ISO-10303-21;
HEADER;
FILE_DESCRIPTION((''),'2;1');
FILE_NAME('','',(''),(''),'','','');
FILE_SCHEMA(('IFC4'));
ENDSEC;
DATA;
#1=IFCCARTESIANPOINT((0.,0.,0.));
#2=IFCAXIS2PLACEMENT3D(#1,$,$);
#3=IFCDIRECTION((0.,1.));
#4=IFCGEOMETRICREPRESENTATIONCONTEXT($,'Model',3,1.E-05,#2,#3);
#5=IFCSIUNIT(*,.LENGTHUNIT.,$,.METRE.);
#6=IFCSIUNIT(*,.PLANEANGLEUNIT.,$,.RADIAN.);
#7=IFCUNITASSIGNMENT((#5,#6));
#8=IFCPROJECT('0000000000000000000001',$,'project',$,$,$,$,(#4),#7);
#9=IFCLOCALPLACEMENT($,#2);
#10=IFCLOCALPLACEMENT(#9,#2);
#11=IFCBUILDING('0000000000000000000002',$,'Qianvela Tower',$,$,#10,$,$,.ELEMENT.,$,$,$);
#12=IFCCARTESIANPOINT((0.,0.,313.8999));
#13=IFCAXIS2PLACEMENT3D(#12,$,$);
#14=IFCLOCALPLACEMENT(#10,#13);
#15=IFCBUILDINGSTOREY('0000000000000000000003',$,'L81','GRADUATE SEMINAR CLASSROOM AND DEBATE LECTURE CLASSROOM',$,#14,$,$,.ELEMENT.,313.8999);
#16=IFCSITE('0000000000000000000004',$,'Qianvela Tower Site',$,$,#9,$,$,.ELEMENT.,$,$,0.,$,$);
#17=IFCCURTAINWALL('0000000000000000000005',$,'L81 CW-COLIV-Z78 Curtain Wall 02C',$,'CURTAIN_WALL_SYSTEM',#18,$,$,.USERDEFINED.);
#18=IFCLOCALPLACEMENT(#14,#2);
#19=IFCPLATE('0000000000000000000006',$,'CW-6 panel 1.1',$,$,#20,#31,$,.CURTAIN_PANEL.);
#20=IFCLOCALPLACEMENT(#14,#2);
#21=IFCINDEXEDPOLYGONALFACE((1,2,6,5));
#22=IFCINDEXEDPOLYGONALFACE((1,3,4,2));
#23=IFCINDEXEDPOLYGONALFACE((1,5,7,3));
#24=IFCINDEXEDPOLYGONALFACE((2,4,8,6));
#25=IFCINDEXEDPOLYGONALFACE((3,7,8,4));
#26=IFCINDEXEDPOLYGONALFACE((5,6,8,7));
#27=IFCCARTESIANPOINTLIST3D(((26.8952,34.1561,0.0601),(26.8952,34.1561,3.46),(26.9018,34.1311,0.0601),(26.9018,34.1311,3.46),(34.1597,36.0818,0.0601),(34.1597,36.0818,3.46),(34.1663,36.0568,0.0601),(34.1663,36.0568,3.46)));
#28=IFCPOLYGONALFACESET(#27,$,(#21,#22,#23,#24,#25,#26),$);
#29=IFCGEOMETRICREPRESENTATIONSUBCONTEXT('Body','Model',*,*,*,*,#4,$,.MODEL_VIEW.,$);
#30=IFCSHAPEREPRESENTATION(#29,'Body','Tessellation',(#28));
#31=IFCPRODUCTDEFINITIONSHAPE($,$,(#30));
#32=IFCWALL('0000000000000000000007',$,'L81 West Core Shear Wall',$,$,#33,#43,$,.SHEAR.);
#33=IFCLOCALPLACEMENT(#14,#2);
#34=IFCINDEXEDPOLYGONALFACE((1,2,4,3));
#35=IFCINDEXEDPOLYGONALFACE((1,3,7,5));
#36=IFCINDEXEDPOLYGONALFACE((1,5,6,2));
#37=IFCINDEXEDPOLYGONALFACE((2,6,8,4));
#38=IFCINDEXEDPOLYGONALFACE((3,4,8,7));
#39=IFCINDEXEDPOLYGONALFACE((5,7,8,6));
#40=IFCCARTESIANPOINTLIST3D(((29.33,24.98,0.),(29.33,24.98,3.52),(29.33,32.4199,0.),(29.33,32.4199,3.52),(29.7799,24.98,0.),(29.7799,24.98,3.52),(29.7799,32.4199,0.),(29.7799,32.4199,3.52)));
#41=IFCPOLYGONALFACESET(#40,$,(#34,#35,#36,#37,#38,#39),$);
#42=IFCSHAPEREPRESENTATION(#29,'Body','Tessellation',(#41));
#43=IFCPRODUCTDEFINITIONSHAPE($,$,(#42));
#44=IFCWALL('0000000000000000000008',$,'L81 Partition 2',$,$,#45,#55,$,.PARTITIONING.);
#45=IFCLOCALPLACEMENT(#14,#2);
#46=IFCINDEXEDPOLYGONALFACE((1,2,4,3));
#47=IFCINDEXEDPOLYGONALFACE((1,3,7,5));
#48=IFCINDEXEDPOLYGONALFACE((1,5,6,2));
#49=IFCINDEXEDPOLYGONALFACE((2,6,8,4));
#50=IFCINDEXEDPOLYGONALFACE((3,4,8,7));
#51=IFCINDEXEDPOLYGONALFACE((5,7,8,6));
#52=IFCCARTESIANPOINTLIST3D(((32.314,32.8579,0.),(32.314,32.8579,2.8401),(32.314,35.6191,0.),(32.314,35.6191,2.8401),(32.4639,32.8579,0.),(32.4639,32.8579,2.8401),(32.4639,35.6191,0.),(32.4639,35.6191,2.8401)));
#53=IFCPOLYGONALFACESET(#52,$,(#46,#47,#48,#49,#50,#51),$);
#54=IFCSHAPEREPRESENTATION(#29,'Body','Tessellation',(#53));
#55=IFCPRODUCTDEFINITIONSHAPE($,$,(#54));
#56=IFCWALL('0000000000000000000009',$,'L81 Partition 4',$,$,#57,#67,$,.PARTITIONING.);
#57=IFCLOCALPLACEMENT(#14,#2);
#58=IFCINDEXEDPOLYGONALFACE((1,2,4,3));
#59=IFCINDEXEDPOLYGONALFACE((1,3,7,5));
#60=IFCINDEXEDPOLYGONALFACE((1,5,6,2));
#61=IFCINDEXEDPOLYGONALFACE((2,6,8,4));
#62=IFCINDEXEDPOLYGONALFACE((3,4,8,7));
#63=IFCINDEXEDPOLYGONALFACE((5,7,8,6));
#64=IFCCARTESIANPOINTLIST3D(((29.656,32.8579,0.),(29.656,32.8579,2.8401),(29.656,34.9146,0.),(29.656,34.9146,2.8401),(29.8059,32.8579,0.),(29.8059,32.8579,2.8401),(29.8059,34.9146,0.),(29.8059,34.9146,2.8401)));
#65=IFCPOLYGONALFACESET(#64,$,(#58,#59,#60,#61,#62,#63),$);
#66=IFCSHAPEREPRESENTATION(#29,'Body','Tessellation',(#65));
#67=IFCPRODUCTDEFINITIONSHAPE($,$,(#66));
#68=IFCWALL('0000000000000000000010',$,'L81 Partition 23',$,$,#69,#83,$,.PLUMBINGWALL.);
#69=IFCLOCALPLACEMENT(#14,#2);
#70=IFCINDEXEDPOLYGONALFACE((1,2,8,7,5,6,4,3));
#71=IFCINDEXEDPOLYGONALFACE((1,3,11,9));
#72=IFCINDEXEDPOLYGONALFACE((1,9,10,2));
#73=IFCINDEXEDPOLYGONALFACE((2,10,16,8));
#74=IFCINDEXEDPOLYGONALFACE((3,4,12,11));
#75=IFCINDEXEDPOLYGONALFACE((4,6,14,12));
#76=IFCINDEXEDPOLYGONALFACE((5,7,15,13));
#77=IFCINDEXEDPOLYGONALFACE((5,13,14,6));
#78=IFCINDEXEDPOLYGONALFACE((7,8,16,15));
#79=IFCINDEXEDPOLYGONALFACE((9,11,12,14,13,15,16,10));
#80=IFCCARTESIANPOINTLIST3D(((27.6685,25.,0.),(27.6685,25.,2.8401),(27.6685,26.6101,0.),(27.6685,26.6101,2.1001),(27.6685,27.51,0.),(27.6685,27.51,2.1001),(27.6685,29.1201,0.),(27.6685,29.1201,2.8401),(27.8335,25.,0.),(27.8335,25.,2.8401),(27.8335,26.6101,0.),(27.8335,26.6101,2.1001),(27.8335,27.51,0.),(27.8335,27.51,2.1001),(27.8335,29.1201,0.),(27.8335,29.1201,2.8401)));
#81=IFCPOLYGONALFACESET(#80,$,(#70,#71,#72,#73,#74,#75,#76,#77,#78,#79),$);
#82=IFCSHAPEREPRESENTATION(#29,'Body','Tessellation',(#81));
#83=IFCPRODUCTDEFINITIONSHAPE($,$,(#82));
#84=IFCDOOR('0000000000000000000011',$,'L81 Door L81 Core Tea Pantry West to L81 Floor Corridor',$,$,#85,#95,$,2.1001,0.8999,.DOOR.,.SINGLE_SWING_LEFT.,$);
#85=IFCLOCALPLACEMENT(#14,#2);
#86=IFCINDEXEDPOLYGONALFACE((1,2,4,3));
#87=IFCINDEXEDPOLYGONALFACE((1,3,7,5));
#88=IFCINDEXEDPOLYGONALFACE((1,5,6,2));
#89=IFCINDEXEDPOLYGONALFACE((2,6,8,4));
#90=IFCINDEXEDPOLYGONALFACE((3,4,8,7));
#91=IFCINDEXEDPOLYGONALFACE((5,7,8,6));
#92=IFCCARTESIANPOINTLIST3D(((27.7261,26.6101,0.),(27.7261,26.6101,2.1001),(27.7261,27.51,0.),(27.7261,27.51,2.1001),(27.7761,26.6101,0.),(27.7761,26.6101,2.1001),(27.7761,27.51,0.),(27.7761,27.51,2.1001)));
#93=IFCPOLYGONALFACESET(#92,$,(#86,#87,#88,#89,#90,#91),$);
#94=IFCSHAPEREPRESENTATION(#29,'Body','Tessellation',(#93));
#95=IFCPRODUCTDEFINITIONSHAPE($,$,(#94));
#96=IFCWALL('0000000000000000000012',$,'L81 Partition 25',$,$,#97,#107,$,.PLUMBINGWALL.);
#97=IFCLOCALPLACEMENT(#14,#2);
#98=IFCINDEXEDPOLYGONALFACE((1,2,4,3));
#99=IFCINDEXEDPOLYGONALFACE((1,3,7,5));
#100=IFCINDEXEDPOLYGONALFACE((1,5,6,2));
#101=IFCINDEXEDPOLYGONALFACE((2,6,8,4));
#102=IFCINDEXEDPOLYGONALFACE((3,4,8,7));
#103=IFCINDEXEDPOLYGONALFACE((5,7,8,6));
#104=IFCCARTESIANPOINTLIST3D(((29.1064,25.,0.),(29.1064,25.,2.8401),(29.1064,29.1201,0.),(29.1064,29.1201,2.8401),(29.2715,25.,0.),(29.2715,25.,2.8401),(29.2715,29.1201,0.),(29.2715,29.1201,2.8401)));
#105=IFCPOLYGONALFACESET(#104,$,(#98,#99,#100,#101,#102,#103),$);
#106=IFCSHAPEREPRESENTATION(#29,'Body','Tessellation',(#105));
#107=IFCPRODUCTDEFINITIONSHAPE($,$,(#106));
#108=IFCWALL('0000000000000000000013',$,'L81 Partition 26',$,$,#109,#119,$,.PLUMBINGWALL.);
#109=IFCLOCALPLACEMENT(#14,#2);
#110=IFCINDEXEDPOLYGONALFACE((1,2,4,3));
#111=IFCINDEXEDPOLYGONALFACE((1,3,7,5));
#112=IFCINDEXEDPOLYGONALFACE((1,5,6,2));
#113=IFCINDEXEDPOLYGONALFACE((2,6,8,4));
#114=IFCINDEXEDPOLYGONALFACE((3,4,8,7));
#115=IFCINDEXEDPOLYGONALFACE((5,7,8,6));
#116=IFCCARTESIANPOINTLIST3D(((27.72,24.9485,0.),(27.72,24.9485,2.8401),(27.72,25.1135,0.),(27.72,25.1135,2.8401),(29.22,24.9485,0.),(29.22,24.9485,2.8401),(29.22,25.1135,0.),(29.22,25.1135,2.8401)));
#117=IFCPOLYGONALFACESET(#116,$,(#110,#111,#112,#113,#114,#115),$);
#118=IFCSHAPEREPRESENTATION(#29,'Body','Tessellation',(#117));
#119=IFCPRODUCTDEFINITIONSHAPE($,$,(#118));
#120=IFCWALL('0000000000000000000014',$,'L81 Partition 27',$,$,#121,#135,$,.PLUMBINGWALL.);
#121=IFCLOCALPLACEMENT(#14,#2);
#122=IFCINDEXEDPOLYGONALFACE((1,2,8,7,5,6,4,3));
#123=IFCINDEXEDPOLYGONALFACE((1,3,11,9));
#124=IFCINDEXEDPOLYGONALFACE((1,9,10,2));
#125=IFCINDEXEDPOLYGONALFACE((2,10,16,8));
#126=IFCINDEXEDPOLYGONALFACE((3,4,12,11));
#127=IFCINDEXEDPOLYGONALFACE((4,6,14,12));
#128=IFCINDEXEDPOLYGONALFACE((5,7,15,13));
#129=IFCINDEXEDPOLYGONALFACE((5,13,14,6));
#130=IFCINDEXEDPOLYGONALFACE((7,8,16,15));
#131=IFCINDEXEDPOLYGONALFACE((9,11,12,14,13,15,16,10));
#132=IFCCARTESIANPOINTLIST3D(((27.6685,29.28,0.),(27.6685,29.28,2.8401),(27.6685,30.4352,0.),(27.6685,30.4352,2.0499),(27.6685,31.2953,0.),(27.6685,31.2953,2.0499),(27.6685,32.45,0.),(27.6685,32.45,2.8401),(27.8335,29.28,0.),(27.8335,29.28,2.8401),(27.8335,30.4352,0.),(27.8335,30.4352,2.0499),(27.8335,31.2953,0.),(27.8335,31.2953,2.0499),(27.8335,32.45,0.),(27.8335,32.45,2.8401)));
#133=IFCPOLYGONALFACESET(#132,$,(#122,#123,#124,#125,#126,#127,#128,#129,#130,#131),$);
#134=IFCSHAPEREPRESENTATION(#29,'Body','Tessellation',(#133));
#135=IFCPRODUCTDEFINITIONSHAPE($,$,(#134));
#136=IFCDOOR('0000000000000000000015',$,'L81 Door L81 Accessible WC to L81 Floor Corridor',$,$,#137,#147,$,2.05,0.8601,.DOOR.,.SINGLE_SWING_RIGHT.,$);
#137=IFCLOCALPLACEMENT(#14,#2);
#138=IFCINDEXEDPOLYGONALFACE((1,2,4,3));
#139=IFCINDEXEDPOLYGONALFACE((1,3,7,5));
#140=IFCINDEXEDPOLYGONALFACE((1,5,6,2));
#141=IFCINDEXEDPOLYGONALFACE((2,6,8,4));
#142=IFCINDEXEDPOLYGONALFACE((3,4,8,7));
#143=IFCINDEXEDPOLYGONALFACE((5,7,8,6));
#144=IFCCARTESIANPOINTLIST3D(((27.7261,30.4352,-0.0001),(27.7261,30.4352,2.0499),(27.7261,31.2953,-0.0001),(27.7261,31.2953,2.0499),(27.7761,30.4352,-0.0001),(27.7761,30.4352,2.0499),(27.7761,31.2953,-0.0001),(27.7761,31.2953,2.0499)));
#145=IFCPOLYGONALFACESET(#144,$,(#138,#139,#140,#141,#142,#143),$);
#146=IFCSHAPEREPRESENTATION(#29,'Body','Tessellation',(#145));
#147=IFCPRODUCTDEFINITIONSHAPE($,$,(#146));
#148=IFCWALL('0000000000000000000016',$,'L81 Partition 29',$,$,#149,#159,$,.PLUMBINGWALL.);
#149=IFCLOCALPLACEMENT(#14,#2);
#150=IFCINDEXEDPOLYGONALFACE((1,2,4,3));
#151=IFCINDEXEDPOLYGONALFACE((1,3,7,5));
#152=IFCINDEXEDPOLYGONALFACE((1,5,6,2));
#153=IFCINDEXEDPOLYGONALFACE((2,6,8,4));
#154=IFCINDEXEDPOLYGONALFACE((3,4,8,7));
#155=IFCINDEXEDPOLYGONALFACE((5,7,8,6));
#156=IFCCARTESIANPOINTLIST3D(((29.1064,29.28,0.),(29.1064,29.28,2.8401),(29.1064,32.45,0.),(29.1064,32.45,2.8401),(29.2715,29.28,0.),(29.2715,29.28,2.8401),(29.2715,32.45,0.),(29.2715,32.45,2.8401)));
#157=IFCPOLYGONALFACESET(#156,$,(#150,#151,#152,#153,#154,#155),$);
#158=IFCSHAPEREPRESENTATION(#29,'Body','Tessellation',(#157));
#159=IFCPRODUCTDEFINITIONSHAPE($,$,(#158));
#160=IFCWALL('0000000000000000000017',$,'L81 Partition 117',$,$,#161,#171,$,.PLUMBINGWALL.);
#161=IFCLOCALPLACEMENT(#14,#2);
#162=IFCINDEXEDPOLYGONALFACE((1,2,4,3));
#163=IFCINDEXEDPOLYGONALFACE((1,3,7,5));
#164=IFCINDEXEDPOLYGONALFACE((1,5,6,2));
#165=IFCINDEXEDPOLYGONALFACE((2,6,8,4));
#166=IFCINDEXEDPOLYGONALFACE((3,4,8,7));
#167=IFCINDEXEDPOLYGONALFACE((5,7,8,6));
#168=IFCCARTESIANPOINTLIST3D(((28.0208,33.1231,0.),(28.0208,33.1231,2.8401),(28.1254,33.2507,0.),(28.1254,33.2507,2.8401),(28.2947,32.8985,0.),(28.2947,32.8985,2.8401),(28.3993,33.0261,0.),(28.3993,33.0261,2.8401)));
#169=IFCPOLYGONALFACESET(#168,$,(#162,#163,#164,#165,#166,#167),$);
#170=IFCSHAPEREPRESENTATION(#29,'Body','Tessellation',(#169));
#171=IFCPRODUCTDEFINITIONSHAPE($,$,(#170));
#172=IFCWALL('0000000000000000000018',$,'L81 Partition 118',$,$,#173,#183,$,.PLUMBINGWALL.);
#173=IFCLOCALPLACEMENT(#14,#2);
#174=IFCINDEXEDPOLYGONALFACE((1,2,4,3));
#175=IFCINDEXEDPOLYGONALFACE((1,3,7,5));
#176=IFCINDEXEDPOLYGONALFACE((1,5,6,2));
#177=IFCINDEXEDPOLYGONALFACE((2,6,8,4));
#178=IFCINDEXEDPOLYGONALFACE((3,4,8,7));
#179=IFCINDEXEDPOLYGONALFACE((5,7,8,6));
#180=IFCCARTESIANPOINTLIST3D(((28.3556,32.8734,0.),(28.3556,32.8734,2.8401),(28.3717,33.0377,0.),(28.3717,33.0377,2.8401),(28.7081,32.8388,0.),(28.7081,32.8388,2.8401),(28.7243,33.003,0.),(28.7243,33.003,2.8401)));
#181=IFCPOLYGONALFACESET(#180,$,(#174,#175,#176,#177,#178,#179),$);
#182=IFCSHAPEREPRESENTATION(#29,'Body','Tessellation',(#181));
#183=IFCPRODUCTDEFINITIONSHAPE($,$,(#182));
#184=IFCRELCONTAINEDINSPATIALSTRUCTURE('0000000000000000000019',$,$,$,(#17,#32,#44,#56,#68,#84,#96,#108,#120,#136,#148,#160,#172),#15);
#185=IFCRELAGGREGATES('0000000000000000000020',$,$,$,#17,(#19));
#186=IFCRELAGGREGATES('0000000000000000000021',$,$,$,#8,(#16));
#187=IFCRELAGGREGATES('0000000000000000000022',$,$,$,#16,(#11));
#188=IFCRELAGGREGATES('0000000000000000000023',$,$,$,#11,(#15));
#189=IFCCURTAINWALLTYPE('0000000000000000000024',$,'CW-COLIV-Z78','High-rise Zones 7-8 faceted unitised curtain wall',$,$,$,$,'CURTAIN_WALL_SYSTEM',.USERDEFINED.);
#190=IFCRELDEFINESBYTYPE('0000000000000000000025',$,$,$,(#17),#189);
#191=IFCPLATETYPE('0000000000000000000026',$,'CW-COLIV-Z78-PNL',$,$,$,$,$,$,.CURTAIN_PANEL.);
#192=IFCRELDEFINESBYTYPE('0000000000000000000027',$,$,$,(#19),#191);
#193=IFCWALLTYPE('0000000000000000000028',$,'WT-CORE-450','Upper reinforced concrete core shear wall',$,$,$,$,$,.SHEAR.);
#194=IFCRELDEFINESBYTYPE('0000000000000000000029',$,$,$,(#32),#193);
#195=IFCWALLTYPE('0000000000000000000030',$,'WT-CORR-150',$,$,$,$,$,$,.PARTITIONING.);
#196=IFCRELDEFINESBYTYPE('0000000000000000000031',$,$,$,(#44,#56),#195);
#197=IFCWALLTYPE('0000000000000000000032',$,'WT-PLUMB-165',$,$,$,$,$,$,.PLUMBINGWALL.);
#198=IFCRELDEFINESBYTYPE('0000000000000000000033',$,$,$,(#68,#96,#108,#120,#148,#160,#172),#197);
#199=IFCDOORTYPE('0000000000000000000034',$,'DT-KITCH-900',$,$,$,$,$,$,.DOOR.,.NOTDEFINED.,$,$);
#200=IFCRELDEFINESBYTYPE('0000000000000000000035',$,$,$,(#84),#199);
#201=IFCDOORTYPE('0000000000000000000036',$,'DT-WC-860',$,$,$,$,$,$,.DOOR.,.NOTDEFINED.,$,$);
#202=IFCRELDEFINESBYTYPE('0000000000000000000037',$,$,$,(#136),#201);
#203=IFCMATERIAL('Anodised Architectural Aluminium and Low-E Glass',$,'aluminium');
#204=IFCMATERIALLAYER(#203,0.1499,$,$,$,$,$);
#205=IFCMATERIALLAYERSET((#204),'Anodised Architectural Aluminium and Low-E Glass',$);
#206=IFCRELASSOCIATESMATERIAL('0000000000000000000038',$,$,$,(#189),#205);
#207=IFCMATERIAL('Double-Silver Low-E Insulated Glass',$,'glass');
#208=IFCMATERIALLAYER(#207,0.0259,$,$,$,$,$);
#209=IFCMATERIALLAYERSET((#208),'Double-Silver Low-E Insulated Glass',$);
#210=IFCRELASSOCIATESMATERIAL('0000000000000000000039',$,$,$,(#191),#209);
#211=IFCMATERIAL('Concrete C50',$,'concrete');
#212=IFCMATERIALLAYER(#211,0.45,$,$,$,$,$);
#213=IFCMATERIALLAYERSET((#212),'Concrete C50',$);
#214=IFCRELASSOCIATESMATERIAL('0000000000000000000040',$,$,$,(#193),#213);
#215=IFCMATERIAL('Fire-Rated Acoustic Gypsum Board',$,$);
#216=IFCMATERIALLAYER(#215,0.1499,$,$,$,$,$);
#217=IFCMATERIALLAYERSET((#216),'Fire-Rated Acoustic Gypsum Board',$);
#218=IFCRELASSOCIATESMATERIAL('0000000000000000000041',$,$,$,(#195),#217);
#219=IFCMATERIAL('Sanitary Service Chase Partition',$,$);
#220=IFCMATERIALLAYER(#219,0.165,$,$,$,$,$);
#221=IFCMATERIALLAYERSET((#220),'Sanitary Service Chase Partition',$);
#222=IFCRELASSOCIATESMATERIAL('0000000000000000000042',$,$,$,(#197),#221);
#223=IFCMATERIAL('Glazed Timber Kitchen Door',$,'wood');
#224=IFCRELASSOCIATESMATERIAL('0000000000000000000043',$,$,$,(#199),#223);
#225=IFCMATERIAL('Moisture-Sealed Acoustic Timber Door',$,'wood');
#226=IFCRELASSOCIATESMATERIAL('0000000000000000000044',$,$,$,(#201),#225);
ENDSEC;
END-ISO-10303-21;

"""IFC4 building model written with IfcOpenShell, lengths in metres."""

from ifc_helpers import new_model, si_unit, direction, frame, frame_2d, origin, origin_2d, place, context, subcontext, project, spatial, rectangle, extrude, material, layer, layer_set, type_object, element, fill, aggregate, save


model = new_model("IFC4")

# Units and contexts
model_context = context("Model", 3, precision=1e-05, world=origin(), true_north=direction((0.0, 1.0)))
body_context = subcontext(model_context, "Body", "Model", "MODEL_VIEW")
ifc_project = project(units=[si_unit("LENGTHUNIT", "METRE"), si_unit("PLANEANGLEUNIT", "RADIAN")], contexts=[model_context])

# Site, building, storey
site_placement = place(None, origin())
site = spatial("IfcSite", under=ifc_project, at=site_placement, Name="Qianvela Tower Site", CompositionType="ELEMENT", RefElevation=0.0)
building_placement = place(site_placement, origin())
building = spatial("IfcBuilding", under=site, at=building_placement, Name="Qianvela Tower", CompositionType="ELEMENT")
storey_placement = place(building_placement, frame((0.0, 0.0, 313.8999)))
storey = spatial("IfcBuildingStorey", under=building, at=storey_placement, Name="L81", Description="GRADUATE SEMINAR CLASSROOM AND DEBATE LECTURE CLASSROOM", CompositionType="ELEMENT", Elevation=313.8999)

# Curtain wall, plate
ifc_material_1 = material(Name="Anodised Architectural Aluminium and Low-E Glass", Category="aluminium")
ifc_layer_1 = layer(ifc_material_1, 0.1499)
ifc_layer_set_1 = layer_set([ifc_layer_1], Name="Anodised Architectural Aluminium and Low-E Glass")
curtain_wall_type = type_object("IfcCurtainWallType", Name="CW-COLIV-Z78", Description="High-rise Zones 7-8 faceted unitised curtain wall", ElementType="CURTAIN_WALL_SYSTEM", PredefinedType="USERDEFINED", material=ifc_layer_set_1)
curtain_wall_placement = place(storey_placement, origin())
curtain_wall = element("IfcCurtainWall", 1, at=curtain_wall_placement, inside=storey, type_object=curtain_wall_type, Name="L81 CW-COLIV-Z78 Curtain Wall 02C", ObjectType="CURTAIN_WALL_SYSTEM", PredefinedType="USERDEFINED")
ifc_material_2 = material(Name="Double-Silver Low-E Insulated Glass", Category="glass")
ifc_layer_2 = layer(ifc_material_2, 0.0259)
ifc_layer_set_2 = layer_set([ifc_layer_2], Name="Double-Silver Low-E Insulated Glass")
plate_type = type_object("IfcPlateType", Name="CW-COLIV-Z78-PNL", PredefinedType="CURTAIN_PANEL", material=ifc_layer_set_2)
plate_placement = place(storey_placement, frame((30.5308, 35.1064, 0.0601), z_axis=(0.0, 0.0, 1.0), x_axis=(-0.966614, -0.256237, 0.0)))
plate = element("IfcPlate", 2, at=plate_placement, type_object=plate_type, Name="CW-6 panel 1.1", PredefinedType="CURTAIN_PANEL", context=body_context, shape_type="SweptSolid", body=[
    extrude(rectangle(XDim=7.5154, YDim=0.0259, at=origin_2d()), origin(), (0.0, 0.0, 1.0), 3.3999),
])
aggregate(curtain_wall, [plate])

# Shared definitions
ifc_material_3 = material(Name="Concrete C50", Category="concrete")
ifc_layer_3 = layer(ifc_material_3, 0.45)
ifc_layer_set_3 = layer_set([ifc_layer_3], Name="Concrete C50")
wall_type_1 = type_object("IfcWallType", Name="WT-CORE-450", Description="Upper reinforced concrete core shear wall", PredefinedType="SHEAR", material=ifc_layer_set_3)

# Walls
wall_1_placement = place(storey_placement, frame((29.5549, 24.98, 0.0), z_axis=(0.0, 0.0, 1.0), x_axis=(0.0, 1.0, 0.0)))
element("IfcWall", 3, at=wall_1_placement, inside=storey, type_object=wall_type_1, Name="L81 West Core Shear Wall", PredefinedType="SHEAR", context=body_context, shape_type="SweptSolid", body=[
    extrude(rectangle(XDim=7.4399, YDim=0.45, at=frame_2d((3.72, 0.0))), origin(), (0.0, 0.0, 1.0), 3.52),
])
ifc_material_4 = material(Name="Fire-Rated Acoustic Gypsum Board")
ifc_layer_4 = layer(ifc_material_4, 0.1499)
ifc_layer_set_4 = layer_set([ifc_layer_4], Name="Fire-Rated Acoustic Gypsum Board")
wall_type_2 = type_object("IfcWallType", Name="WT-CORR-150", PredefinedType="PARTITIONING", material=ifc_layer_set_4)
wall_2_placement = place(storey_placement, frame((32.3889, 35.6191, 0.0), z_axis=(0.0, 0.0, 1.0), x_axis=(0.0, -1.0, 0.0)))
element("IfcWall", 4, at=wall_2_placement, inside=storey, type_object=wall_type_2, Name="L81 Partition 2", PredefinedType="PARTITIONING", context=body_context, shape_type="SweptSolid", body=[
    extrude(rectangle(XDim=2.7612, YDim=0.1499, at=frame_2d((1.3806, 0.0))), origin(), (0.0, 0.0, 1.0), 2.8401),
])
wall_3_placement = place(storey_placement, frame((29.731, 32.8579, 0.0), z_axis=(0.0, 0.0, 1.0), x_axis=(0.0, 1.0, 0.0)))
element("IfcWall", 5, at=wall_3_placement, inside=storey, type_object=wall_type_2, Name="L81 Partition 4", PredefinedType="PARTITIONING", context=body_context, shape_type="SweptSolid", body=[
    extrude(rectangle(XDim=2.0566, YDim=0.1499, at=frame_2d((1.0283, 0.0))), origin(), (0.0, 0.0, 1.0), 2.8401),
])

# Wall, opening, door
ifc_material_5 = material(Name="Sanitary Service Chase Partition")
ifc_layer_5 = layer(ifc_material_5, 0.165)
ifc_layer_set_5 = layer_set([ifc_layer_5], Name="Sanitary Service Chase Partition")
wall_type_3 = type_object("IfcWallType", Name="WT-PLUMB-165", PredefinedType="PLUMBINGWALL", material=ifc_layer_set_5)
wall_4_placement = place(storey_placement, frame((27.751, 25.0, 0.0), z_axis=(0.0, 0.0, 1.0), x_axis=(0.0, 1.0, 0.0)))
wall_4 = element("IfcWall", 6, at=wall_4_placement, inside=storey, type_object=wall_type_3, Name="L81 Partition 23", PredefinedType="PLUMBINGWALL", context=body_context, shape_type="SweptSolid", body=[
    extrude(rectangle(XDim=4.1201, YDim=0.165, at=frame_2d((2.0601, 0.0))), origin(), (0.0, 0.0, 1.0), 2.8401),
])
opening_1_placement = place(wall_4_placement, frame((1.6101, 0.0, 0.0)))
opening_1 = element("IfcOpeningElement", 7, at=opening_1_placement, cuts=wall_4, PredefinedType="OPENING", context=body_context, shape_type="SweptSolid", body=[
    extrude(rectangle(XDim=0.8999, YDim=2.1001, at=frame_2d((0.45, 1.05))), frame((0.0, 0.0925, 0.0), z_axis=(0.0, -1.0, 0.0), x_axis=(1.0, 0.0, 0.0)), (0.0, 0.0, 1.0), 0.1851),
])
ifc_material_6 = material(Name="Glazed Timber Kitchen Door", Category="wood")
door_type_1 = type_object("IfcDoorType", Name="DT-KITCH-900", OperationType="NOTDEFINED", PredefinedType="DOOR", material=ifc_material_6)
door_1_placement = place(opening_1_placement, origin())
door_1 = element("IfcDoor", 8, at=door_1_placement, inside=storey, type_object=door_type_1, Name="L81 Door L81 Core Tea Pantry West to L81 Floor Corridor", OperationType="SINGLE_SWING_LEFT", OverallHeight=2.1001, OverallWidth=0.8999, PredefinedType="DOOR", context=body_context, shape_type="SweptSolid", body=[
    extrude(rectangle(XDim=0.8999, YDim=2.1001, at=frame_2d((0.45, 1.05))), frame((0.0, 0.0249, 0.0), z_axis=(0.0, -1.0, 0.0), x_axis=(1.0, 0.0, 0.0)), (0.0, 0.0, 1.0), 0.05),
])
fill(opening_1, door_1)

# Walls
wall_5_placement = place(storey_placement, frame((29.189, 29.1201, 0.0), z_axis=(0.0, 0.0, 1.0), x_axis=(0.0, -1.0, 0.0)))
element("IfcWall", 9, at=wall_5_placement, inside=storey, type_object=wall_type_3, Name="L81 Partition 25", PredefinedType="PLUMBINGWALL", context=body_context, shape_type="SweptSolid", body=[
    extrude(rectangle(XDim=4.1201, YDim=0.165, at=frame_2d((2.0601, 0.0))), origin(), (0.0, 0.0, 1.0), 2.8401),
])
wall_6_placement = place(storey_placement, frame((29.22, 25.031, 0.0), z_axis=(0.0, 0.0, 1.0), x_axis=(-1.0, 0.0, 0.0)))
element("IfcWall", 10, at=wall_6_placement, inside=storey, type_object=wall_type_3, Name="L81 Partition 26", PredefinedType="PLUMBINGWALL", context=body_context, shape_type="SweptSolid", body=[
    extrude(rectangle(XDim=1.5, YDim=0.165, at=frame_2d((0.75, 0.0))), origin(), (0.0, 0.0, 1.0), 2.8401),
])

# Wall, opening, door
wall_7_placement = place(storey_placement, frame((27.751, 29.28, 0.0), z_axis=(0.0, 0.0, 1.0), x_axis=(0.0, 1.0, 0.0)))
wall_7 = element("IfcWall", 11, at=wall_7_placement, inside=storey, type_object=wall_type_3, Name="L81 Partition 27", PredefinedType="PLUMBINGWALL", context=body_context, shape_type="SweptSolid", body=[
    extrude(rectangle(XDim=3.1699, YDim=0.165, at=frame_2d((1.585, 0.0))), origin(), (0.0, 0.0, 1.0), 2.8401),
])
opening_2_placement = place(wall_7_placement, frame((1.155, 0.0, 0.0)))
opening_2 = element("IfcOpeningElement", 12, at=opening_2_placement, cuts=wall_7, PredefinedType="OPENING", context=body_context, shape_type="SweptSolid", body=[
    extrude(rectangle(XDim=0.8601, YDim=2.05, at=frame_2d((0.4302, 1.0249))), frame((0.0, 0.0925, 0.0), z_axis=(0.0, -1.0, 0.0), x_axis=(1.0, 0.0, 0.0)), (0.0, 0.0, 1.0), 0.1851),
])
ifc_material_7 = material(Name="Moisture-Sealed Acoustic Timber Door", Category="wood")
door_type_2 = type_object("IfcDoorType", Name="DT-WC-860", OperationType="NOTDEFINED", PredefinedType="DOOR", material=ifc_material_7)
door_2_placement = place(opening_2_placement, origin())
door_2 = element("IfcDoor", 13, at=door_2_placement, inside=storey, type_object=door_type_2, Name="L81 Door L81 Accessible WC to L81 Floor Corridor", OperationType="SINGLE_SWING_RIGHT", OverallHeight=2.05, OverallWidth=0.8601, PredefinedType="DOOR", context=body_context, shape_type="SweptSolid", body=[
    extrude(rectangle(XDim=0.8601, YDim=2.05, at=frame_2d((0.4302, 1.0249))), frame((0.0, 0.0249, 0.0), z_axis=(0.0, -1.0, 0.0), x_axis=(1.0, 0.0, 0.0)), (0.0, 0.0, 1.0), 0.05),
])
fill(opening_2, door_2)

# Walls
wall_8_placement = place(storey_placement, frame((29.189, 32.45, 0.0), z_axis=(0.0, 0.0, 1.0), x_axis=(0.0, -1.0, 0.0)))
element("IfcWall", 14, at=wall_8_placement, inside=storey, type_object=wall_type_3, Name="L81 Partition 29", PredefinedType="PLUMBINGWALL", context=body_context, shape_type="SweptSolid", body=[
    extrude(rectangle(XDim=3.1699, YDim=0.165, at=frame_2d((1.585, 0.0))), origin(), (0.0, 0.0, 1.0), 2.8401),
])
for number, where, z_axis, x_axis, name in (
    (15, (28.073, 33.187, 0.0), (0.0, 0.0, 1.0), (0.773281, -0.634063, 0.0), "L81 Partition 117"),
    (16, (28.3635, 32.9556, 0.0), (0.0, 0.0, 1.0), (0.9952, -0.097866, 0.0), "L81 Partition 118"),
):
    element("IfcWall", number, at=place(storey_placement, frame(where, z_axis=z_axis, x_axis=x_axis)), inside=storey, type_object=wall_type_3, Name=name, PredefinedType="PLUMBINGWALL", context=body_context, shape_type="SweptSolid", body=[
        extrude(rectangle(XDim=0.3542, YDim=0.165, at=frame_2d((0.1772, 0.0))), origin(), (0.0, 0.0, 1.0), 2.8401),
    ])

save(model, "model.ifc")
